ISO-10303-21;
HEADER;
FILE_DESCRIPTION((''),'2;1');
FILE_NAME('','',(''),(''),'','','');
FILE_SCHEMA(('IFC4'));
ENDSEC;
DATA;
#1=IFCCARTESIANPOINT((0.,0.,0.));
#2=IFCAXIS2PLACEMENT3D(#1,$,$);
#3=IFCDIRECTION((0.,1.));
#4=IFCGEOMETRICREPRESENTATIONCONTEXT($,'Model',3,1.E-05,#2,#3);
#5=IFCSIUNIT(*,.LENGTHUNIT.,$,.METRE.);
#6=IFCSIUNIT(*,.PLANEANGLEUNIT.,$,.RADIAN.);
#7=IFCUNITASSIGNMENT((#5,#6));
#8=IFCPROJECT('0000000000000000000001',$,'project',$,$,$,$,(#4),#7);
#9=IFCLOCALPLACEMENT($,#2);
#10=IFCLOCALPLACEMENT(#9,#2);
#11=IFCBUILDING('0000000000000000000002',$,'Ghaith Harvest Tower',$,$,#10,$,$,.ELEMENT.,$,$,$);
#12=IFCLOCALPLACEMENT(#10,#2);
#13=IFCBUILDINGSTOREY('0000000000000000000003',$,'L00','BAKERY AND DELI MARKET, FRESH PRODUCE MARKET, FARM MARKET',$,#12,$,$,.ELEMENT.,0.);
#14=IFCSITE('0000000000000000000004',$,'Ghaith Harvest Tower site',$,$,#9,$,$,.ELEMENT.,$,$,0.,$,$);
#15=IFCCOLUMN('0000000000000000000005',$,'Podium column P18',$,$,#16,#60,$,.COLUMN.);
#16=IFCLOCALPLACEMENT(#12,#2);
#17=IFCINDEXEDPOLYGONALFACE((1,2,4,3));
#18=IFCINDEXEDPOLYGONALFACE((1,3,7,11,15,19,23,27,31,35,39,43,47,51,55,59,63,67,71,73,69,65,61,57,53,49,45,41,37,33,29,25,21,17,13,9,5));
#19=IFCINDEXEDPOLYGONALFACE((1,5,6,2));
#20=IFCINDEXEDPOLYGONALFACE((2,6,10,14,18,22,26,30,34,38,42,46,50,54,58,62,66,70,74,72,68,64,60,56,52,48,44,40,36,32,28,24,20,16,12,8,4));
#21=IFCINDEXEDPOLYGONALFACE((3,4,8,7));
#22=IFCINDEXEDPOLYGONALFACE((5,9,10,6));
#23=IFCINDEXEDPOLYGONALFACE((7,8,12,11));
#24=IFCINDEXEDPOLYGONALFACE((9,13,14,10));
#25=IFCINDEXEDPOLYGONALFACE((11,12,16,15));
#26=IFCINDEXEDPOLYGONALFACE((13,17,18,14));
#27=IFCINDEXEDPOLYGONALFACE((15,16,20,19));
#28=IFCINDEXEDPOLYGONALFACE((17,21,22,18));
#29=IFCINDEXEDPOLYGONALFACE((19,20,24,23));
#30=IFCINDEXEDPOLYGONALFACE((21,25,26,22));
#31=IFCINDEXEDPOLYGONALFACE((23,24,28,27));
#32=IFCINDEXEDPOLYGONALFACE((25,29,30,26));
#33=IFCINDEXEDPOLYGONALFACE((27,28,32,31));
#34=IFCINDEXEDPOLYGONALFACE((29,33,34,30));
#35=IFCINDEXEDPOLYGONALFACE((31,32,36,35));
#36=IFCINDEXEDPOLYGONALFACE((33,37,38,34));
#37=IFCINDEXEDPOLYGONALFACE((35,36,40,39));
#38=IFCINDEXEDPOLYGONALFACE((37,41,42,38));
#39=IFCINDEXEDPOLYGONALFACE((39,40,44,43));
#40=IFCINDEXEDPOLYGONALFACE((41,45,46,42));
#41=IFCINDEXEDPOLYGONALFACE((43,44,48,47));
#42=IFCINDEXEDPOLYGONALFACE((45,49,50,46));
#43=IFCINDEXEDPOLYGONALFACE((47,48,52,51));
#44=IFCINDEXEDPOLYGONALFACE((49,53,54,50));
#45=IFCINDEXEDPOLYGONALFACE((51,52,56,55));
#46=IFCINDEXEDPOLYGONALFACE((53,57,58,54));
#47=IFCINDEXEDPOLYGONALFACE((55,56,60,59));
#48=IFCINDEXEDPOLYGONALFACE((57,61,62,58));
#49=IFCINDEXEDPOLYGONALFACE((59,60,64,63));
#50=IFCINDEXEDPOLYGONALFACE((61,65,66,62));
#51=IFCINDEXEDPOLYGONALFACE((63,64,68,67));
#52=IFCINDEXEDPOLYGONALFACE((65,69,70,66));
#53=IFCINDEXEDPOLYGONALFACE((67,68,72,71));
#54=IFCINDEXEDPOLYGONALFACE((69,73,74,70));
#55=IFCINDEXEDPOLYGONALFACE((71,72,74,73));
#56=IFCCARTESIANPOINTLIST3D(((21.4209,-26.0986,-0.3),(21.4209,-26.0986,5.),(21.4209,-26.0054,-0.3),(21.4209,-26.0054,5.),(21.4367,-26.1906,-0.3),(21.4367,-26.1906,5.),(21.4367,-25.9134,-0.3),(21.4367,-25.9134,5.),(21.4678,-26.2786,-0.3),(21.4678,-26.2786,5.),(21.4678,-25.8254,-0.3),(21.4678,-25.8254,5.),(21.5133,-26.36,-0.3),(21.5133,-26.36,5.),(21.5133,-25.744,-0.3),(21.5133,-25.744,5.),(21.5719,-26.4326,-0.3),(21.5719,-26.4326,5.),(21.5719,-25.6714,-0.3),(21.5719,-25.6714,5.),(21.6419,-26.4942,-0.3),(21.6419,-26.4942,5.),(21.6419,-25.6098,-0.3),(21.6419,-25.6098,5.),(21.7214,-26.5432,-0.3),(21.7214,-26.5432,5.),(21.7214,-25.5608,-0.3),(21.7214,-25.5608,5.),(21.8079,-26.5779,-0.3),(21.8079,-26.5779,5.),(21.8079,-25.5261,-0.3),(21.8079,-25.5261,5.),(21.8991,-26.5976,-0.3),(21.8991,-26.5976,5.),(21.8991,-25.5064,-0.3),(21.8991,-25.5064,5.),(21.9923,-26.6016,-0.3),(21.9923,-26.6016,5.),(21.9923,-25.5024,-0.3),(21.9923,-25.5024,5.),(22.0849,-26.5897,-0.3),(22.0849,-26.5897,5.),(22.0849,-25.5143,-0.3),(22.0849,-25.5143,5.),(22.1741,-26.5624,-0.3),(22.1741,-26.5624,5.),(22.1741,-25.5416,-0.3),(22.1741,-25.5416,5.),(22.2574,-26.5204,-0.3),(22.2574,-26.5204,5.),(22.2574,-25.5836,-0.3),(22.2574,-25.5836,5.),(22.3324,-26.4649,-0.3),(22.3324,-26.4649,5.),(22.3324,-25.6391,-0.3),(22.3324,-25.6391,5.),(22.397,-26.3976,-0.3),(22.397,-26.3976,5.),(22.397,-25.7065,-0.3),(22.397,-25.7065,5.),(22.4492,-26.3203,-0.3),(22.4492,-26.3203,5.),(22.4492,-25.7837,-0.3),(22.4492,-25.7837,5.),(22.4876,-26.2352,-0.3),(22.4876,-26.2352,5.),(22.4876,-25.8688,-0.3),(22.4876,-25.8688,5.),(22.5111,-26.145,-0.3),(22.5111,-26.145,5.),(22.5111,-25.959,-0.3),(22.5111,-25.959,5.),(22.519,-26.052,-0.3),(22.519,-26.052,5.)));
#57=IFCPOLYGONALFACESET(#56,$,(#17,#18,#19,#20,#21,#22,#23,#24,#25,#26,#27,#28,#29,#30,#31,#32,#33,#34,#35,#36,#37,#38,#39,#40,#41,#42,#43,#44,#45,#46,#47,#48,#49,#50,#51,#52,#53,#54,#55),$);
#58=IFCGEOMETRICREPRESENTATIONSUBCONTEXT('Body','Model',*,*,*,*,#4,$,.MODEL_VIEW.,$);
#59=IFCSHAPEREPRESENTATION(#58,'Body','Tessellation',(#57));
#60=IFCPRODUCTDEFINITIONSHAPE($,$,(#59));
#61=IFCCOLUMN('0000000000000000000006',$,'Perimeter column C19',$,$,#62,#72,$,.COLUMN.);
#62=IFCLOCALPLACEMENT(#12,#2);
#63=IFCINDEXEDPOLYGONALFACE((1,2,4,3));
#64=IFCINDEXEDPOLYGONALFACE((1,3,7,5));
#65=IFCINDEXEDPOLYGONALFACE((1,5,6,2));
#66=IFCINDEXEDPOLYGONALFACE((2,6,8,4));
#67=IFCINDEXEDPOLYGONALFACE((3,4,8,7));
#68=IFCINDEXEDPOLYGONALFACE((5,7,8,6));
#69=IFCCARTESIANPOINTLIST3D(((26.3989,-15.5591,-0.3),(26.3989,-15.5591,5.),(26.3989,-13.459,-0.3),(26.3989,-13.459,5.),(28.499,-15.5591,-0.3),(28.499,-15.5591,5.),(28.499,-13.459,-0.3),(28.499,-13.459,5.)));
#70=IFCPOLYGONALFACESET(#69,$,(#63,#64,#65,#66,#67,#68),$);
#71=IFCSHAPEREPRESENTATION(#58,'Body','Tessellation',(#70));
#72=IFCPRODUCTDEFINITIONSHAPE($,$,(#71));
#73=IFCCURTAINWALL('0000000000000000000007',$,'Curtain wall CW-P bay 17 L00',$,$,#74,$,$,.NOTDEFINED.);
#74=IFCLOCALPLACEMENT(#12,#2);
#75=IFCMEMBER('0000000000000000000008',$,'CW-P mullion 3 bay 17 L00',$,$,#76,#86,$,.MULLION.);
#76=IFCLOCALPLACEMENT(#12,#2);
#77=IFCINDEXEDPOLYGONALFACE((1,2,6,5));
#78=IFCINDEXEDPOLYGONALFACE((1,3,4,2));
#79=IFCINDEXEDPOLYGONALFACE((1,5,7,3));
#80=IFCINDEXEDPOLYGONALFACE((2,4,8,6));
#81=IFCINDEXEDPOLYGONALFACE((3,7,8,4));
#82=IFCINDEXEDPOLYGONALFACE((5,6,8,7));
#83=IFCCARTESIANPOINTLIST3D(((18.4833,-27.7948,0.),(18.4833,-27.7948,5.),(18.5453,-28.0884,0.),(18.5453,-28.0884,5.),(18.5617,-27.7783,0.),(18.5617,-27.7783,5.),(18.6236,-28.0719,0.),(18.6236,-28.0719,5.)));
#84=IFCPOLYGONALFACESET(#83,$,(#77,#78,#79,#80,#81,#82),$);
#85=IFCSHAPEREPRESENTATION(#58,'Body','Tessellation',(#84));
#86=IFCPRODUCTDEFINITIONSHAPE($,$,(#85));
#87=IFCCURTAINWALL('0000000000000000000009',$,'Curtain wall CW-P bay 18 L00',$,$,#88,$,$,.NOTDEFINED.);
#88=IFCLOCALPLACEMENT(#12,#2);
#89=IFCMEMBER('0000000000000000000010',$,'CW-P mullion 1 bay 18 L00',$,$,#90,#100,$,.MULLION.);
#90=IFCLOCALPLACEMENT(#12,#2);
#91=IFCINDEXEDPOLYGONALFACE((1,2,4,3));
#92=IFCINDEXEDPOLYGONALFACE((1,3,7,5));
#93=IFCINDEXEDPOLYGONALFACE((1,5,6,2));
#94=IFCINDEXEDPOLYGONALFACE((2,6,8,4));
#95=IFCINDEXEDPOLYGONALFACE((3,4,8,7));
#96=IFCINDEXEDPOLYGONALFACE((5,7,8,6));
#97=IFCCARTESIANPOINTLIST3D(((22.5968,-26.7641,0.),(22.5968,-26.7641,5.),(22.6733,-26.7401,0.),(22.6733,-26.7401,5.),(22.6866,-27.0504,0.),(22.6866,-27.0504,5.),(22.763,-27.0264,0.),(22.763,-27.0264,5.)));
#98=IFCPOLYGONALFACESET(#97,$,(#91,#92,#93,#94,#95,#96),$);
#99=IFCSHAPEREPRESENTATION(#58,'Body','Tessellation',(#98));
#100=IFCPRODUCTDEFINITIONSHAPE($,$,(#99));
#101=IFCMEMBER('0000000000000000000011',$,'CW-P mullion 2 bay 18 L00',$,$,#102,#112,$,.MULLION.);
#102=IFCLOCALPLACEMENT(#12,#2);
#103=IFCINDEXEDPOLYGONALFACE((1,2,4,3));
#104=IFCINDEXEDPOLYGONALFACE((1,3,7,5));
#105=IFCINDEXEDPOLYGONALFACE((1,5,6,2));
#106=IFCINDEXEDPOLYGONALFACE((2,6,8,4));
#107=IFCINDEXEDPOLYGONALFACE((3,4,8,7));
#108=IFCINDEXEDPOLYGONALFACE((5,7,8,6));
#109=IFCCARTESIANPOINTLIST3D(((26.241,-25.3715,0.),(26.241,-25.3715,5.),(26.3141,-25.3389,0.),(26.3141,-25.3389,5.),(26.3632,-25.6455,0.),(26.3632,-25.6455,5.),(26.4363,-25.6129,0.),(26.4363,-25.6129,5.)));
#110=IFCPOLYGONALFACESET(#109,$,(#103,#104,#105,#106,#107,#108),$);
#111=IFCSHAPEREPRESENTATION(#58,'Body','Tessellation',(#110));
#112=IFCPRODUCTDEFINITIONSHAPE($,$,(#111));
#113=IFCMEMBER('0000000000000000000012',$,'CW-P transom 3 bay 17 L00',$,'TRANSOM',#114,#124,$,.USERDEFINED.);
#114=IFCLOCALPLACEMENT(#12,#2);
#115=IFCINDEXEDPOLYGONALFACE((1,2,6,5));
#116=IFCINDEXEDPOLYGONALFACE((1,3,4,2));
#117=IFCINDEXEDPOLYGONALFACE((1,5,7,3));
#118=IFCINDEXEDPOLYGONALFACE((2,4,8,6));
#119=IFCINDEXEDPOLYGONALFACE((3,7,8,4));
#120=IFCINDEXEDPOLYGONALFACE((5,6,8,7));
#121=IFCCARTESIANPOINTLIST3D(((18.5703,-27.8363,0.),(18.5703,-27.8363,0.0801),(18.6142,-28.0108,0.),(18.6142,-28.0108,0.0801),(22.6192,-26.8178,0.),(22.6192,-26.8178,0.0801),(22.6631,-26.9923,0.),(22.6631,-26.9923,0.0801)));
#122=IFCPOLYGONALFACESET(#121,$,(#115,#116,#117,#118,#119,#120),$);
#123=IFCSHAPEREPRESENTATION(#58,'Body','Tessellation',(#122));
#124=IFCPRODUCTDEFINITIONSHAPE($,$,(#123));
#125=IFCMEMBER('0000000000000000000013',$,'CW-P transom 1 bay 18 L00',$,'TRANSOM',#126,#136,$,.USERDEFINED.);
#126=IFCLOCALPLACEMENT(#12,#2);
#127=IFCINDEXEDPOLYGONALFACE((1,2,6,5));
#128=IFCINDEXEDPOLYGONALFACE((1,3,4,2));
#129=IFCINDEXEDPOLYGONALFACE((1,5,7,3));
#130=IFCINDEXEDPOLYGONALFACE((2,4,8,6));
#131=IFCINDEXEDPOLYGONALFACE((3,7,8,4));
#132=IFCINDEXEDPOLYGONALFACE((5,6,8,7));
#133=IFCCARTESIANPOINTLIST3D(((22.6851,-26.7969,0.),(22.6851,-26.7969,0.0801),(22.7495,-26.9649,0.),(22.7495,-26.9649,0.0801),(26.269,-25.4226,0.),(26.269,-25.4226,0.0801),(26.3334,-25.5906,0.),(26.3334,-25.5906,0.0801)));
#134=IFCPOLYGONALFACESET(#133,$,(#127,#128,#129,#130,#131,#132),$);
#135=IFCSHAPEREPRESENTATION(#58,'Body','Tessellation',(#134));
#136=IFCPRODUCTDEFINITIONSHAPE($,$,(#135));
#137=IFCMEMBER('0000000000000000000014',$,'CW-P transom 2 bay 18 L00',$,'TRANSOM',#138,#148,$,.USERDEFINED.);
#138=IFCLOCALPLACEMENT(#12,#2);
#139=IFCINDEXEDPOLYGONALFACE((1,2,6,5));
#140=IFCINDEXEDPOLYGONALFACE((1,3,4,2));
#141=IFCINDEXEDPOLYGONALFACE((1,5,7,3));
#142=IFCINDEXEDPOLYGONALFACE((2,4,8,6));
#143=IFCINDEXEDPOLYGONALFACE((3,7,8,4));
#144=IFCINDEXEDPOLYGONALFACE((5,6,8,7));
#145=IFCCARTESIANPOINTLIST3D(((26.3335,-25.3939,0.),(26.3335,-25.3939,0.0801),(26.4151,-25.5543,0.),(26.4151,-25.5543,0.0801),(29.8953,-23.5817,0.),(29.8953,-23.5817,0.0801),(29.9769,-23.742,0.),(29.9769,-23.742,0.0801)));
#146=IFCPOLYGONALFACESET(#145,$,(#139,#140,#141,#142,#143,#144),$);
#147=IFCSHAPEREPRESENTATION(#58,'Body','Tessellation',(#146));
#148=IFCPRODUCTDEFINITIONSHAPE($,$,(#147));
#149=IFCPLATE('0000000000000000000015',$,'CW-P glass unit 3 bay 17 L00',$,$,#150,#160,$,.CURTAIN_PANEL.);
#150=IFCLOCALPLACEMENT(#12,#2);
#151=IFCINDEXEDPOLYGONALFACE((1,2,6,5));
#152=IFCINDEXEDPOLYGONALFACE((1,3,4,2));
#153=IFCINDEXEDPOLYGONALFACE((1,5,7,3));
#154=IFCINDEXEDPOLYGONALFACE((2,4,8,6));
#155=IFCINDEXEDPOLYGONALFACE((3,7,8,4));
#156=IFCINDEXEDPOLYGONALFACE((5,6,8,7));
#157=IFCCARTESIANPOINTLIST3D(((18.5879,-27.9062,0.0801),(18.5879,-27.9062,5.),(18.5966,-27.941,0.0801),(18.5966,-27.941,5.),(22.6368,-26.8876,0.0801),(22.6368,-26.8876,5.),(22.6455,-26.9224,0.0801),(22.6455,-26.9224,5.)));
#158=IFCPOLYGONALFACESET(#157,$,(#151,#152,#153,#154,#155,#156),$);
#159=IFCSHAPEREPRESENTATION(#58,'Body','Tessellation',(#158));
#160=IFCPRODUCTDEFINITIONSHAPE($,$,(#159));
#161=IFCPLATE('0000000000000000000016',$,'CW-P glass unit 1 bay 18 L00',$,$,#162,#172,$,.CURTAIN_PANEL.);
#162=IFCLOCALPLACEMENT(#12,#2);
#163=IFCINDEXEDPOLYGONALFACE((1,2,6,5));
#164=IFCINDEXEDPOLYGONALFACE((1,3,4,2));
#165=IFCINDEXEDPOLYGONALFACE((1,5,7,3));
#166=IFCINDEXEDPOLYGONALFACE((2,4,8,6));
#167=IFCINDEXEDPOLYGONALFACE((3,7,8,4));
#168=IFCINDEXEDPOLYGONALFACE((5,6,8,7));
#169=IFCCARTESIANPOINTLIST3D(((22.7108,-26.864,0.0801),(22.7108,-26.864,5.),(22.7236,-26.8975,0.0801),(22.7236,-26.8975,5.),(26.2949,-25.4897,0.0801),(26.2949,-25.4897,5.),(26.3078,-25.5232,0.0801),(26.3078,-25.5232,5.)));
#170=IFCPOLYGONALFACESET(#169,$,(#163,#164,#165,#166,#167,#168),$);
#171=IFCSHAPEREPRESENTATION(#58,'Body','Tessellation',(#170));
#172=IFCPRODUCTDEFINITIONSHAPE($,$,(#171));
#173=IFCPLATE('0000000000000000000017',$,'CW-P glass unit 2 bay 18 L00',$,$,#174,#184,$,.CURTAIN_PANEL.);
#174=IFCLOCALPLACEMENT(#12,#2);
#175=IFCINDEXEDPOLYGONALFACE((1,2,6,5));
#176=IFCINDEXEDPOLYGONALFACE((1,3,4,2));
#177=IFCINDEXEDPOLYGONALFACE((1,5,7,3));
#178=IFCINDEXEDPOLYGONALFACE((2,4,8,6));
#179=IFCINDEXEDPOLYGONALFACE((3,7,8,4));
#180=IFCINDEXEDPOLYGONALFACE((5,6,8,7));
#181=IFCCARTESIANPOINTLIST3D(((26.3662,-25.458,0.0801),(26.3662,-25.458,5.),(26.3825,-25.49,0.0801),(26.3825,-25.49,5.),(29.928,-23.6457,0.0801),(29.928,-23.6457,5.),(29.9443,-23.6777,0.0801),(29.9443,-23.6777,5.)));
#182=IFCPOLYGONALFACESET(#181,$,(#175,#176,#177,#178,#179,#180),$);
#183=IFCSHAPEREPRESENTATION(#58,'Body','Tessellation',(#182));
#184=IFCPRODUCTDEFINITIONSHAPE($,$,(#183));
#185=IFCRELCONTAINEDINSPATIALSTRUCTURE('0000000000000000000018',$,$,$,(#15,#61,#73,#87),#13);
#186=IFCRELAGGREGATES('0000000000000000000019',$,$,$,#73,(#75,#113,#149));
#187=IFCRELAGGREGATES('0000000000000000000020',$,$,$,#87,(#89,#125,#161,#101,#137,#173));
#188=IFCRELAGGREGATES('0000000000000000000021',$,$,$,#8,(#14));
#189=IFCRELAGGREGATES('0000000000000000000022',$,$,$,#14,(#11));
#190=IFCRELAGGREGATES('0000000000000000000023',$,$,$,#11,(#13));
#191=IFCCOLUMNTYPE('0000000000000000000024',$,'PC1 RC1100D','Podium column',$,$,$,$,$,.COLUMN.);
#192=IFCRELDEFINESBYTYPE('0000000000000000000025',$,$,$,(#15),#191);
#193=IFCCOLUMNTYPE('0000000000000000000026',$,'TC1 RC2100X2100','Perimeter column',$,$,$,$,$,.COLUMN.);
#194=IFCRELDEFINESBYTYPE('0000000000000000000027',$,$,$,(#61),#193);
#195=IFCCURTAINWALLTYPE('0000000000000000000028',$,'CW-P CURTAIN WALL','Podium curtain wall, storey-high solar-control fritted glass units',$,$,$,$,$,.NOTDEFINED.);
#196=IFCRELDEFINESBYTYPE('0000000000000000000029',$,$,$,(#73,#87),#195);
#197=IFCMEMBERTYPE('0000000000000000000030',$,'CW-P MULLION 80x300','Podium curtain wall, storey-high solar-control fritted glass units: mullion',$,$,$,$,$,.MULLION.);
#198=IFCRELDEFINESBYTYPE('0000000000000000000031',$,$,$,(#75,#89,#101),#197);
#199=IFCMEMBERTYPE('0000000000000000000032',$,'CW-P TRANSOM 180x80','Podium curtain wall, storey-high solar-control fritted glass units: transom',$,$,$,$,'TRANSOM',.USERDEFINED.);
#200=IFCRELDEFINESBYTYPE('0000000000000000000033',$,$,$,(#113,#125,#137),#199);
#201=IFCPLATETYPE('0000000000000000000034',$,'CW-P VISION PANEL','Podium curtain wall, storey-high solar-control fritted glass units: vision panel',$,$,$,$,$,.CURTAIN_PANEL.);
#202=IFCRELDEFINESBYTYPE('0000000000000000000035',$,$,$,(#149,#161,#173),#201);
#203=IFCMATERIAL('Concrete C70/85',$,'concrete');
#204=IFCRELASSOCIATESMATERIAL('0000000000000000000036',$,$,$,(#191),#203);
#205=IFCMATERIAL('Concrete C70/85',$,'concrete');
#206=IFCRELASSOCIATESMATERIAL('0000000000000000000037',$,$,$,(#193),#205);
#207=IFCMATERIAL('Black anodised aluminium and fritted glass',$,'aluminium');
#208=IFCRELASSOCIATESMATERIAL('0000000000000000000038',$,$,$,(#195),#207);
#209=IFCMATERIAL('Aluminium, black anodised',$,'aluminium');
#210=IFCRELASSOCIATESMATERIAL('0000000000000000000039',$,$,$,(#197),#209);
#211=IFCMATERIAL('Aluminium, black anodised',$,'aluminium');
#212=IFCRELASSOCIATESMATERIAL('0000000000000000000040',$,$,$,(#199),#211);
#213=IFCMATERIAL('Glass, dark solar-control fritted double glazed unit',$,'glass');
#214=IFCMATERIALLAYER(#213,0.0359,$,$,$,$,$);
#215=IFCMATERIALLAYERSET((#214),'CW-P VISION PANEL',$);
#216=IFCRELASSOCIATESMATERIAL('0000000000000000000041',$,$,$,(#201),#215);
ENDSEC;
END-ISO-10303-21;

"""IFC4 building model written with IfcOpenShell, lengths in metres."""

from ifc_helpers import new_model, si_unit, direction, frame, origin, origin_2d, place, context, subcontext, project, spatial, rectangle, circle, extrude, material, layer, layer_set, material_profile, profile_set, type_object, element, aggregate, save


model = new_model("IFC4")

# Units and contexts
model_context = context("Model", 3, precision=1e-05, world=origin(), true_north=direction((0.0, 1.0)))
body_context = subcontext(model_context, "Body", "Model", "MODEL_VIEW")
ifc_project = project(units=[si_unit("LENGTHUNIT", "METRE"), si_unit("PLANEANGLEUNIT", "RADIAN")], contexts=[model_context])

# Site, building, storey
site_placement = place(None, origin())
site = spatial("IfcSite", under=ifc_project, at=site_placement, Name="Ghaith Harvest Tower site", CompositionType="ELEMENT", RefElevation=0.0)
building_placement = place(site_placement, origin())
building = spatial("IfcBuilding", under=site, at=building_placement, Name="Ghaith Harvest Tower", CompositionType="ELEMENT")
storey_placement = place(building_placement, origin())
storey = spatial("IfcBuildingStorey", under=building, at=storey_placement, Name="L00", Description="BAKERY AND DELI MARKET, FRESH PRODUCE MARKET, FARM MARKET", CompositionType="ELEMENT", Elevation=0.0)

# Columns
ifc_material_1 = material(Name="Concrete C70/85", Category="concrete")
ifc_material_profile_1 = material_profile(ifc_material_1, circle(Radius=0.55, at=origin_2d()), Name="RC1100D")
ifc_profile_set_1 = profile_set([ifc_material_profile_1], Name="Concrete C70/85")
column_type_1 = type_object("IfcColumnType", Name="PC1 RC1100D", Description="Podium column", PredefinedType="COLUMN", material=ifc_profile_set_1)
column_1_placement = place(storey_placement, frame((21.969, -26.052, -0.3), z_axis=(0.0, 0.0, 1.0), x_axis=(1.0, 0.0, 0.0)))
element("IfcColumn", 1, at=column_1_placement, inside=storey, type_object=column_type_1, Name="Podium column P18", PredefinedType="COLUMN", context=body_context, shape_type="SweptSolid", body=[
    extrude(circle(Radius=0.55, at=origin_2d()), origin(), (0.0, 0.0, 1.0), 5.3),
])
ifc_material_2 = material(Name="Concrete C70/85", Category="concrete")
ifc_material_profile_2 = material_profile(ifc_material_2, rectangle(XDim=2.1001, YDim=2.1001, at=origin_2d()), Name="RC2100X2100")
ifc_profile_set_2 = profile_set([ifc_material_profile_2], Name="Concrete C70/85")
column_type_2 = type_object("IfcColumnType", Name="TC1 RC2100X2100", Description="Perimeter column", PredefinedType="COLUMN", material=ifc_profile_set_2)
column_2_placement = place(storey_placement, frame((27.449, -14.509, -0.3), z_axis=(0.0, 0.0, 1.0), x_axis=(1.0, 0.0, 0.0)))
element("IfcColumn", 2, at=column_2_placement, inside=storey, type_object=column_type_2, Name="Perimeter column C19", PredefinedType="COLUMN", context=body_context, shape_type="SweptSolid", body=[
    extrude(rectangle(XDim=2.1001, YDim=2.1001, at=origin_2d()), origin(), (0.0, 0.0, 1.0), 5.3),
])

# Curtain wall, member
ifc_material_3 = material(Name="Black anodised aluminium and fritted glass", Category="aluminium")
curtain_wall_type = type_object("IfcCurtainWallType", Name="CW-P CURTAIN WALL", Description="Podium curtain wall, storey-high solar-control fritted glass units", PredefinedType="NOTDEFINED", material=ifc_material_3)
curtain_wall_1_placement = place(storey_placement, origin())
curtain_wall_1 = element("IfcCurtainWall", 3, at=curtain_wall_1_placement, inside=storey, type_object=curtain_wall_type, Name="Curtain wall CW-P bay 17 L00", PredefinedType="NOTDEFINED")
ifc_material_4 = material(Name="Aluminium, black anodised", Category="aluminium")
ifc_material_profile_3 = material_profile(ifc_material_4, rectangle(XDim=0.0801, YDim=0.3, at=origin_2d()), Name="CW-P MULLION 80x300")
ifc_profile_set_3 = profile_set([ifc_material_profile_3], Name="Aluminium, black anodised")
member_type_1 = type_object("IfcMemberType", Name="CW-P MULLION 80x300", Description="Podium curtain wall, storey-high solar-control fritted glass units: mullion", PredefinedType="MULLION", material=ifc_profile_set_3)
member_1_placement = place(storey_placement, frame((18.5535, -27.9333, 0.0), z_axis=(0.0, 0.0, 1.0), x_axis=(0.978449, 0.20649, 0.0)))
member_1 = element("IfcMember", 4, at=member_1_placement, type_object=member_type_1, Name="CW-P mullion 3 bay 17 L00", PredefinedType="MULLION", context=body_context, shape_type="SweptSolid", body=[
    extrude(rectangle(XDim=0.0801, YDim=0.3, at=origin_2d()), origin(), (0.0, 0.0, 1.0), 5.0),
])

# Curtain wall, members
curtain_wall_2_placement = place(storey_placement, origin())
curtain_wall_2 = element("IfcCurtainWall", 5, at=curtain_wall_2_placement, inside=storey, type_object=curtain_wall_type, Name="Curtain wall CW-P bay 18 L00", PredefinedType="NOTDEFINED")
member_2_placement = place(storey_placement, frame((22.6799, -26.8953, 0.0), z_axis=(0.0, 0.0, 1.0), x_axis=(0.954194, 0.299188, 0.0)))
member_2 = element("IfcMember", 6, at=member_2_placement, type_object=member_type_1, Name="CW-P mullion 1 bay 18 L00", PredefinedType="MULLION", context=body_context, shape_type="SweptSolid", body=[
    extrude(rectangle(XDim=0.0801, YDim=0.3, at=origin_2d()), origin(), (0.0, 0.0, 1.0), 5.0),
])
member_3_placement = place(storey_placement, frame((26.3386, -25.4922, 0.0), z_axis=(0.0, 0.0, 1.0), x_axis=(0.913314, 0.407257, 0.0)))
member_3 = element("IfcMember", 7, at=member_3_placement, type_object=member_type_1, Name="CW-P mullion 2 bay 18 L00", PredefinedType="MULLION", context=body_context, shape_type="SweptSolid", body=[
    extrude(rectangle(XDim=0.0801, YDim=0.3, at=origin_2d()), origin(), (0.0, 0.0, 1.0), 5.0),
])

# Members
ifc_material_5 = material(Name="Aluminium, black anodised", Category="aluminium")
ifc_material_profile_4 = material_profile(ifc_material_5, rectangle(XDim=0.1799, YDim=0.0801, at=origin_2d()), Name="CW-P TRANSOM 180x80")
ifc_profile_set_4 = profile_set([ifc_material_profile_4], Name="Aluminium, black anodised")
member_type_2 = type_object("IfcMemberType", Name="CW-P TRANSOM 180x80", Description="Podium curtain wall, storey-high solar-control fritted glass units: transom", ElementType="TRANSOM", PredefinedType="USERDEFINED", material=ifc_profile_set_4)
member_4_placement = place(storey_placement, frame((18.5923, -27.9236, 0.04), z_axis=(0.969784, 0.243966, 0.0), x_axis=(-0.243966, 0.969784, 0.0)))
member_4 = element("IfcMember", 8, at=member_4_placement, type_object=member_type_2, Name="CW-P transom 3 bay 17 L00", ObjectType="TRANSOM", PredefinedType="USERDEFINED", context=body_context, shape_type="SweptSolid", body=[
    extrude(rectangle(XDim=0.1799, YDim=0.0801, at=origin_2d()), origin(), (0.0, 0.0, 1.0), 4.175),
])
member_5_placement = place(storey_placement, frame((22.7173, -26.8809, 0.04), z_axis=(0.933711, 0.358028, 0.0), x_axis=(-0.358028, 0.933711, 0.0)))
member_5 = element("IfcMember", 9, at=member_5_placement, type_object=member_type_2, Name="CW-P transom 1 bay 18 L00", ObjectType="TRANSOM", PredefinedType="USERDEFINED", context=body_context, shape_type="SweptSolid", body=[
    extrude(rectangle(XDim=0.1799, YDim=0.0801, at=origin_2d()), origin(), (0.0, 0.0, 1.0), 3.8384),
])
member_6_placement = place(storey_placement, frame((26.3743, -25.4741, 0.04), z_axis=(0.891265, 0.453483, 0.0), x_axis=(-0.453483, 0.891265, 0.0)))
member_6 = element("IfcMember", 10, at=member_6_placement, type_object=member_type_2, Name="CW-P transom 2 bay 18 L00", ObjectType="TRANSOM", PredefinedType="USERDEFINED", context=body_context, shape_type="SweptSolid", body=[
    extrude(rectangle(XDim=0.1799, YDim=0.0801, at=origin_2d()), origin(), (0.0, 0.0, 1.0), 3.9963),
])

# Plates
ifc_material_6 = material(Name="Glass, dark solar-control fritted double glazed unit", Category="glass")
ifc_layer_1 = layer(ifc_material_6, 0.0359)
ifc_layer_set_1 = layer_set([ifc_layer_1], Name="CW-P VISION PANEL")
plate_type = type_object("IfcPlateType", Name="CW-P VISION PANEL", Description="Podium curtain wall, storey-high solar-control fritted glass units: vision panel", PredefinedType="CURTAIN_PANEL", material=ifc_layer_set_1)
plate_1_placement = place(storey_placement, frame((20.6167, -27.4143, 0.0801), z_axis=(0.0, 0.0, 1.0), x_axis=(0.969785, 0.243963, 0.0)))
plate_1 = element("IfcPlate", 11, at=plate_1_placement, type_object=plate_type, Name="CW-P glass unit 3 bay 17 L00", PredefinedType="CURTAIN_PANEL", context=body_context, shape_type="SweptSolid", body=[
    extrude(rectangle(XDim=4.175, YDim=0.0359, at=origin_2d()), origin(), (0.0, 0.0, 1.0), 4.9199),
])
aggregate(curtain_wall_1, [member_1, member_4, plate_1])
plate_2_placement = place(storey_placement, frame((24.5093, -26.1936, 0.0801), z_axis=(0.0, 0.0, 1.0), x_axis=(0.933706, 0.35804, 0.0)))
plate_2 = element("IfcPlate", 12, at=plate_2_placement, type_object=plate_type, Name="CW-P glass unit 1 bay 18 L00", PredefinedType="CURTAIN_PANEL", context=body_context, shape_type="SweptSolid", body=[
    extrude(rectangle(XDim=3.8386, YDim=0.0359, at=origin_2d()), origin(), (0.0, 0.0, 1.0), 4.9199),
])
plate_3_placement = place(storey_placement, frame((28.1553, -24.5679, 0.0801), z_axis=(0.0, 0.0, 1.0), x_axis=(0.891267, 0.453479, 0.0)))
plate_3 = element("IfcPlate", 13, at=plate_3_placement, type_object=plate_type, Name="CW-P glass unit 2 bay 18 L00", PredefinedType="CURTAIN_PANEL", context=body_context, shape_type="SweptSolid", body=[
    extrude(rectangle(XDim=3.9963, YDim=0.0359, at=origin_2d()), origin(), (0.0, 0.0, 1.0), 4.9199),
])
aggregate(curtain_wall_2, [member_2, member_5, plate_2, member_3, member_6, plate_3])

save(model, "model.ifc")
